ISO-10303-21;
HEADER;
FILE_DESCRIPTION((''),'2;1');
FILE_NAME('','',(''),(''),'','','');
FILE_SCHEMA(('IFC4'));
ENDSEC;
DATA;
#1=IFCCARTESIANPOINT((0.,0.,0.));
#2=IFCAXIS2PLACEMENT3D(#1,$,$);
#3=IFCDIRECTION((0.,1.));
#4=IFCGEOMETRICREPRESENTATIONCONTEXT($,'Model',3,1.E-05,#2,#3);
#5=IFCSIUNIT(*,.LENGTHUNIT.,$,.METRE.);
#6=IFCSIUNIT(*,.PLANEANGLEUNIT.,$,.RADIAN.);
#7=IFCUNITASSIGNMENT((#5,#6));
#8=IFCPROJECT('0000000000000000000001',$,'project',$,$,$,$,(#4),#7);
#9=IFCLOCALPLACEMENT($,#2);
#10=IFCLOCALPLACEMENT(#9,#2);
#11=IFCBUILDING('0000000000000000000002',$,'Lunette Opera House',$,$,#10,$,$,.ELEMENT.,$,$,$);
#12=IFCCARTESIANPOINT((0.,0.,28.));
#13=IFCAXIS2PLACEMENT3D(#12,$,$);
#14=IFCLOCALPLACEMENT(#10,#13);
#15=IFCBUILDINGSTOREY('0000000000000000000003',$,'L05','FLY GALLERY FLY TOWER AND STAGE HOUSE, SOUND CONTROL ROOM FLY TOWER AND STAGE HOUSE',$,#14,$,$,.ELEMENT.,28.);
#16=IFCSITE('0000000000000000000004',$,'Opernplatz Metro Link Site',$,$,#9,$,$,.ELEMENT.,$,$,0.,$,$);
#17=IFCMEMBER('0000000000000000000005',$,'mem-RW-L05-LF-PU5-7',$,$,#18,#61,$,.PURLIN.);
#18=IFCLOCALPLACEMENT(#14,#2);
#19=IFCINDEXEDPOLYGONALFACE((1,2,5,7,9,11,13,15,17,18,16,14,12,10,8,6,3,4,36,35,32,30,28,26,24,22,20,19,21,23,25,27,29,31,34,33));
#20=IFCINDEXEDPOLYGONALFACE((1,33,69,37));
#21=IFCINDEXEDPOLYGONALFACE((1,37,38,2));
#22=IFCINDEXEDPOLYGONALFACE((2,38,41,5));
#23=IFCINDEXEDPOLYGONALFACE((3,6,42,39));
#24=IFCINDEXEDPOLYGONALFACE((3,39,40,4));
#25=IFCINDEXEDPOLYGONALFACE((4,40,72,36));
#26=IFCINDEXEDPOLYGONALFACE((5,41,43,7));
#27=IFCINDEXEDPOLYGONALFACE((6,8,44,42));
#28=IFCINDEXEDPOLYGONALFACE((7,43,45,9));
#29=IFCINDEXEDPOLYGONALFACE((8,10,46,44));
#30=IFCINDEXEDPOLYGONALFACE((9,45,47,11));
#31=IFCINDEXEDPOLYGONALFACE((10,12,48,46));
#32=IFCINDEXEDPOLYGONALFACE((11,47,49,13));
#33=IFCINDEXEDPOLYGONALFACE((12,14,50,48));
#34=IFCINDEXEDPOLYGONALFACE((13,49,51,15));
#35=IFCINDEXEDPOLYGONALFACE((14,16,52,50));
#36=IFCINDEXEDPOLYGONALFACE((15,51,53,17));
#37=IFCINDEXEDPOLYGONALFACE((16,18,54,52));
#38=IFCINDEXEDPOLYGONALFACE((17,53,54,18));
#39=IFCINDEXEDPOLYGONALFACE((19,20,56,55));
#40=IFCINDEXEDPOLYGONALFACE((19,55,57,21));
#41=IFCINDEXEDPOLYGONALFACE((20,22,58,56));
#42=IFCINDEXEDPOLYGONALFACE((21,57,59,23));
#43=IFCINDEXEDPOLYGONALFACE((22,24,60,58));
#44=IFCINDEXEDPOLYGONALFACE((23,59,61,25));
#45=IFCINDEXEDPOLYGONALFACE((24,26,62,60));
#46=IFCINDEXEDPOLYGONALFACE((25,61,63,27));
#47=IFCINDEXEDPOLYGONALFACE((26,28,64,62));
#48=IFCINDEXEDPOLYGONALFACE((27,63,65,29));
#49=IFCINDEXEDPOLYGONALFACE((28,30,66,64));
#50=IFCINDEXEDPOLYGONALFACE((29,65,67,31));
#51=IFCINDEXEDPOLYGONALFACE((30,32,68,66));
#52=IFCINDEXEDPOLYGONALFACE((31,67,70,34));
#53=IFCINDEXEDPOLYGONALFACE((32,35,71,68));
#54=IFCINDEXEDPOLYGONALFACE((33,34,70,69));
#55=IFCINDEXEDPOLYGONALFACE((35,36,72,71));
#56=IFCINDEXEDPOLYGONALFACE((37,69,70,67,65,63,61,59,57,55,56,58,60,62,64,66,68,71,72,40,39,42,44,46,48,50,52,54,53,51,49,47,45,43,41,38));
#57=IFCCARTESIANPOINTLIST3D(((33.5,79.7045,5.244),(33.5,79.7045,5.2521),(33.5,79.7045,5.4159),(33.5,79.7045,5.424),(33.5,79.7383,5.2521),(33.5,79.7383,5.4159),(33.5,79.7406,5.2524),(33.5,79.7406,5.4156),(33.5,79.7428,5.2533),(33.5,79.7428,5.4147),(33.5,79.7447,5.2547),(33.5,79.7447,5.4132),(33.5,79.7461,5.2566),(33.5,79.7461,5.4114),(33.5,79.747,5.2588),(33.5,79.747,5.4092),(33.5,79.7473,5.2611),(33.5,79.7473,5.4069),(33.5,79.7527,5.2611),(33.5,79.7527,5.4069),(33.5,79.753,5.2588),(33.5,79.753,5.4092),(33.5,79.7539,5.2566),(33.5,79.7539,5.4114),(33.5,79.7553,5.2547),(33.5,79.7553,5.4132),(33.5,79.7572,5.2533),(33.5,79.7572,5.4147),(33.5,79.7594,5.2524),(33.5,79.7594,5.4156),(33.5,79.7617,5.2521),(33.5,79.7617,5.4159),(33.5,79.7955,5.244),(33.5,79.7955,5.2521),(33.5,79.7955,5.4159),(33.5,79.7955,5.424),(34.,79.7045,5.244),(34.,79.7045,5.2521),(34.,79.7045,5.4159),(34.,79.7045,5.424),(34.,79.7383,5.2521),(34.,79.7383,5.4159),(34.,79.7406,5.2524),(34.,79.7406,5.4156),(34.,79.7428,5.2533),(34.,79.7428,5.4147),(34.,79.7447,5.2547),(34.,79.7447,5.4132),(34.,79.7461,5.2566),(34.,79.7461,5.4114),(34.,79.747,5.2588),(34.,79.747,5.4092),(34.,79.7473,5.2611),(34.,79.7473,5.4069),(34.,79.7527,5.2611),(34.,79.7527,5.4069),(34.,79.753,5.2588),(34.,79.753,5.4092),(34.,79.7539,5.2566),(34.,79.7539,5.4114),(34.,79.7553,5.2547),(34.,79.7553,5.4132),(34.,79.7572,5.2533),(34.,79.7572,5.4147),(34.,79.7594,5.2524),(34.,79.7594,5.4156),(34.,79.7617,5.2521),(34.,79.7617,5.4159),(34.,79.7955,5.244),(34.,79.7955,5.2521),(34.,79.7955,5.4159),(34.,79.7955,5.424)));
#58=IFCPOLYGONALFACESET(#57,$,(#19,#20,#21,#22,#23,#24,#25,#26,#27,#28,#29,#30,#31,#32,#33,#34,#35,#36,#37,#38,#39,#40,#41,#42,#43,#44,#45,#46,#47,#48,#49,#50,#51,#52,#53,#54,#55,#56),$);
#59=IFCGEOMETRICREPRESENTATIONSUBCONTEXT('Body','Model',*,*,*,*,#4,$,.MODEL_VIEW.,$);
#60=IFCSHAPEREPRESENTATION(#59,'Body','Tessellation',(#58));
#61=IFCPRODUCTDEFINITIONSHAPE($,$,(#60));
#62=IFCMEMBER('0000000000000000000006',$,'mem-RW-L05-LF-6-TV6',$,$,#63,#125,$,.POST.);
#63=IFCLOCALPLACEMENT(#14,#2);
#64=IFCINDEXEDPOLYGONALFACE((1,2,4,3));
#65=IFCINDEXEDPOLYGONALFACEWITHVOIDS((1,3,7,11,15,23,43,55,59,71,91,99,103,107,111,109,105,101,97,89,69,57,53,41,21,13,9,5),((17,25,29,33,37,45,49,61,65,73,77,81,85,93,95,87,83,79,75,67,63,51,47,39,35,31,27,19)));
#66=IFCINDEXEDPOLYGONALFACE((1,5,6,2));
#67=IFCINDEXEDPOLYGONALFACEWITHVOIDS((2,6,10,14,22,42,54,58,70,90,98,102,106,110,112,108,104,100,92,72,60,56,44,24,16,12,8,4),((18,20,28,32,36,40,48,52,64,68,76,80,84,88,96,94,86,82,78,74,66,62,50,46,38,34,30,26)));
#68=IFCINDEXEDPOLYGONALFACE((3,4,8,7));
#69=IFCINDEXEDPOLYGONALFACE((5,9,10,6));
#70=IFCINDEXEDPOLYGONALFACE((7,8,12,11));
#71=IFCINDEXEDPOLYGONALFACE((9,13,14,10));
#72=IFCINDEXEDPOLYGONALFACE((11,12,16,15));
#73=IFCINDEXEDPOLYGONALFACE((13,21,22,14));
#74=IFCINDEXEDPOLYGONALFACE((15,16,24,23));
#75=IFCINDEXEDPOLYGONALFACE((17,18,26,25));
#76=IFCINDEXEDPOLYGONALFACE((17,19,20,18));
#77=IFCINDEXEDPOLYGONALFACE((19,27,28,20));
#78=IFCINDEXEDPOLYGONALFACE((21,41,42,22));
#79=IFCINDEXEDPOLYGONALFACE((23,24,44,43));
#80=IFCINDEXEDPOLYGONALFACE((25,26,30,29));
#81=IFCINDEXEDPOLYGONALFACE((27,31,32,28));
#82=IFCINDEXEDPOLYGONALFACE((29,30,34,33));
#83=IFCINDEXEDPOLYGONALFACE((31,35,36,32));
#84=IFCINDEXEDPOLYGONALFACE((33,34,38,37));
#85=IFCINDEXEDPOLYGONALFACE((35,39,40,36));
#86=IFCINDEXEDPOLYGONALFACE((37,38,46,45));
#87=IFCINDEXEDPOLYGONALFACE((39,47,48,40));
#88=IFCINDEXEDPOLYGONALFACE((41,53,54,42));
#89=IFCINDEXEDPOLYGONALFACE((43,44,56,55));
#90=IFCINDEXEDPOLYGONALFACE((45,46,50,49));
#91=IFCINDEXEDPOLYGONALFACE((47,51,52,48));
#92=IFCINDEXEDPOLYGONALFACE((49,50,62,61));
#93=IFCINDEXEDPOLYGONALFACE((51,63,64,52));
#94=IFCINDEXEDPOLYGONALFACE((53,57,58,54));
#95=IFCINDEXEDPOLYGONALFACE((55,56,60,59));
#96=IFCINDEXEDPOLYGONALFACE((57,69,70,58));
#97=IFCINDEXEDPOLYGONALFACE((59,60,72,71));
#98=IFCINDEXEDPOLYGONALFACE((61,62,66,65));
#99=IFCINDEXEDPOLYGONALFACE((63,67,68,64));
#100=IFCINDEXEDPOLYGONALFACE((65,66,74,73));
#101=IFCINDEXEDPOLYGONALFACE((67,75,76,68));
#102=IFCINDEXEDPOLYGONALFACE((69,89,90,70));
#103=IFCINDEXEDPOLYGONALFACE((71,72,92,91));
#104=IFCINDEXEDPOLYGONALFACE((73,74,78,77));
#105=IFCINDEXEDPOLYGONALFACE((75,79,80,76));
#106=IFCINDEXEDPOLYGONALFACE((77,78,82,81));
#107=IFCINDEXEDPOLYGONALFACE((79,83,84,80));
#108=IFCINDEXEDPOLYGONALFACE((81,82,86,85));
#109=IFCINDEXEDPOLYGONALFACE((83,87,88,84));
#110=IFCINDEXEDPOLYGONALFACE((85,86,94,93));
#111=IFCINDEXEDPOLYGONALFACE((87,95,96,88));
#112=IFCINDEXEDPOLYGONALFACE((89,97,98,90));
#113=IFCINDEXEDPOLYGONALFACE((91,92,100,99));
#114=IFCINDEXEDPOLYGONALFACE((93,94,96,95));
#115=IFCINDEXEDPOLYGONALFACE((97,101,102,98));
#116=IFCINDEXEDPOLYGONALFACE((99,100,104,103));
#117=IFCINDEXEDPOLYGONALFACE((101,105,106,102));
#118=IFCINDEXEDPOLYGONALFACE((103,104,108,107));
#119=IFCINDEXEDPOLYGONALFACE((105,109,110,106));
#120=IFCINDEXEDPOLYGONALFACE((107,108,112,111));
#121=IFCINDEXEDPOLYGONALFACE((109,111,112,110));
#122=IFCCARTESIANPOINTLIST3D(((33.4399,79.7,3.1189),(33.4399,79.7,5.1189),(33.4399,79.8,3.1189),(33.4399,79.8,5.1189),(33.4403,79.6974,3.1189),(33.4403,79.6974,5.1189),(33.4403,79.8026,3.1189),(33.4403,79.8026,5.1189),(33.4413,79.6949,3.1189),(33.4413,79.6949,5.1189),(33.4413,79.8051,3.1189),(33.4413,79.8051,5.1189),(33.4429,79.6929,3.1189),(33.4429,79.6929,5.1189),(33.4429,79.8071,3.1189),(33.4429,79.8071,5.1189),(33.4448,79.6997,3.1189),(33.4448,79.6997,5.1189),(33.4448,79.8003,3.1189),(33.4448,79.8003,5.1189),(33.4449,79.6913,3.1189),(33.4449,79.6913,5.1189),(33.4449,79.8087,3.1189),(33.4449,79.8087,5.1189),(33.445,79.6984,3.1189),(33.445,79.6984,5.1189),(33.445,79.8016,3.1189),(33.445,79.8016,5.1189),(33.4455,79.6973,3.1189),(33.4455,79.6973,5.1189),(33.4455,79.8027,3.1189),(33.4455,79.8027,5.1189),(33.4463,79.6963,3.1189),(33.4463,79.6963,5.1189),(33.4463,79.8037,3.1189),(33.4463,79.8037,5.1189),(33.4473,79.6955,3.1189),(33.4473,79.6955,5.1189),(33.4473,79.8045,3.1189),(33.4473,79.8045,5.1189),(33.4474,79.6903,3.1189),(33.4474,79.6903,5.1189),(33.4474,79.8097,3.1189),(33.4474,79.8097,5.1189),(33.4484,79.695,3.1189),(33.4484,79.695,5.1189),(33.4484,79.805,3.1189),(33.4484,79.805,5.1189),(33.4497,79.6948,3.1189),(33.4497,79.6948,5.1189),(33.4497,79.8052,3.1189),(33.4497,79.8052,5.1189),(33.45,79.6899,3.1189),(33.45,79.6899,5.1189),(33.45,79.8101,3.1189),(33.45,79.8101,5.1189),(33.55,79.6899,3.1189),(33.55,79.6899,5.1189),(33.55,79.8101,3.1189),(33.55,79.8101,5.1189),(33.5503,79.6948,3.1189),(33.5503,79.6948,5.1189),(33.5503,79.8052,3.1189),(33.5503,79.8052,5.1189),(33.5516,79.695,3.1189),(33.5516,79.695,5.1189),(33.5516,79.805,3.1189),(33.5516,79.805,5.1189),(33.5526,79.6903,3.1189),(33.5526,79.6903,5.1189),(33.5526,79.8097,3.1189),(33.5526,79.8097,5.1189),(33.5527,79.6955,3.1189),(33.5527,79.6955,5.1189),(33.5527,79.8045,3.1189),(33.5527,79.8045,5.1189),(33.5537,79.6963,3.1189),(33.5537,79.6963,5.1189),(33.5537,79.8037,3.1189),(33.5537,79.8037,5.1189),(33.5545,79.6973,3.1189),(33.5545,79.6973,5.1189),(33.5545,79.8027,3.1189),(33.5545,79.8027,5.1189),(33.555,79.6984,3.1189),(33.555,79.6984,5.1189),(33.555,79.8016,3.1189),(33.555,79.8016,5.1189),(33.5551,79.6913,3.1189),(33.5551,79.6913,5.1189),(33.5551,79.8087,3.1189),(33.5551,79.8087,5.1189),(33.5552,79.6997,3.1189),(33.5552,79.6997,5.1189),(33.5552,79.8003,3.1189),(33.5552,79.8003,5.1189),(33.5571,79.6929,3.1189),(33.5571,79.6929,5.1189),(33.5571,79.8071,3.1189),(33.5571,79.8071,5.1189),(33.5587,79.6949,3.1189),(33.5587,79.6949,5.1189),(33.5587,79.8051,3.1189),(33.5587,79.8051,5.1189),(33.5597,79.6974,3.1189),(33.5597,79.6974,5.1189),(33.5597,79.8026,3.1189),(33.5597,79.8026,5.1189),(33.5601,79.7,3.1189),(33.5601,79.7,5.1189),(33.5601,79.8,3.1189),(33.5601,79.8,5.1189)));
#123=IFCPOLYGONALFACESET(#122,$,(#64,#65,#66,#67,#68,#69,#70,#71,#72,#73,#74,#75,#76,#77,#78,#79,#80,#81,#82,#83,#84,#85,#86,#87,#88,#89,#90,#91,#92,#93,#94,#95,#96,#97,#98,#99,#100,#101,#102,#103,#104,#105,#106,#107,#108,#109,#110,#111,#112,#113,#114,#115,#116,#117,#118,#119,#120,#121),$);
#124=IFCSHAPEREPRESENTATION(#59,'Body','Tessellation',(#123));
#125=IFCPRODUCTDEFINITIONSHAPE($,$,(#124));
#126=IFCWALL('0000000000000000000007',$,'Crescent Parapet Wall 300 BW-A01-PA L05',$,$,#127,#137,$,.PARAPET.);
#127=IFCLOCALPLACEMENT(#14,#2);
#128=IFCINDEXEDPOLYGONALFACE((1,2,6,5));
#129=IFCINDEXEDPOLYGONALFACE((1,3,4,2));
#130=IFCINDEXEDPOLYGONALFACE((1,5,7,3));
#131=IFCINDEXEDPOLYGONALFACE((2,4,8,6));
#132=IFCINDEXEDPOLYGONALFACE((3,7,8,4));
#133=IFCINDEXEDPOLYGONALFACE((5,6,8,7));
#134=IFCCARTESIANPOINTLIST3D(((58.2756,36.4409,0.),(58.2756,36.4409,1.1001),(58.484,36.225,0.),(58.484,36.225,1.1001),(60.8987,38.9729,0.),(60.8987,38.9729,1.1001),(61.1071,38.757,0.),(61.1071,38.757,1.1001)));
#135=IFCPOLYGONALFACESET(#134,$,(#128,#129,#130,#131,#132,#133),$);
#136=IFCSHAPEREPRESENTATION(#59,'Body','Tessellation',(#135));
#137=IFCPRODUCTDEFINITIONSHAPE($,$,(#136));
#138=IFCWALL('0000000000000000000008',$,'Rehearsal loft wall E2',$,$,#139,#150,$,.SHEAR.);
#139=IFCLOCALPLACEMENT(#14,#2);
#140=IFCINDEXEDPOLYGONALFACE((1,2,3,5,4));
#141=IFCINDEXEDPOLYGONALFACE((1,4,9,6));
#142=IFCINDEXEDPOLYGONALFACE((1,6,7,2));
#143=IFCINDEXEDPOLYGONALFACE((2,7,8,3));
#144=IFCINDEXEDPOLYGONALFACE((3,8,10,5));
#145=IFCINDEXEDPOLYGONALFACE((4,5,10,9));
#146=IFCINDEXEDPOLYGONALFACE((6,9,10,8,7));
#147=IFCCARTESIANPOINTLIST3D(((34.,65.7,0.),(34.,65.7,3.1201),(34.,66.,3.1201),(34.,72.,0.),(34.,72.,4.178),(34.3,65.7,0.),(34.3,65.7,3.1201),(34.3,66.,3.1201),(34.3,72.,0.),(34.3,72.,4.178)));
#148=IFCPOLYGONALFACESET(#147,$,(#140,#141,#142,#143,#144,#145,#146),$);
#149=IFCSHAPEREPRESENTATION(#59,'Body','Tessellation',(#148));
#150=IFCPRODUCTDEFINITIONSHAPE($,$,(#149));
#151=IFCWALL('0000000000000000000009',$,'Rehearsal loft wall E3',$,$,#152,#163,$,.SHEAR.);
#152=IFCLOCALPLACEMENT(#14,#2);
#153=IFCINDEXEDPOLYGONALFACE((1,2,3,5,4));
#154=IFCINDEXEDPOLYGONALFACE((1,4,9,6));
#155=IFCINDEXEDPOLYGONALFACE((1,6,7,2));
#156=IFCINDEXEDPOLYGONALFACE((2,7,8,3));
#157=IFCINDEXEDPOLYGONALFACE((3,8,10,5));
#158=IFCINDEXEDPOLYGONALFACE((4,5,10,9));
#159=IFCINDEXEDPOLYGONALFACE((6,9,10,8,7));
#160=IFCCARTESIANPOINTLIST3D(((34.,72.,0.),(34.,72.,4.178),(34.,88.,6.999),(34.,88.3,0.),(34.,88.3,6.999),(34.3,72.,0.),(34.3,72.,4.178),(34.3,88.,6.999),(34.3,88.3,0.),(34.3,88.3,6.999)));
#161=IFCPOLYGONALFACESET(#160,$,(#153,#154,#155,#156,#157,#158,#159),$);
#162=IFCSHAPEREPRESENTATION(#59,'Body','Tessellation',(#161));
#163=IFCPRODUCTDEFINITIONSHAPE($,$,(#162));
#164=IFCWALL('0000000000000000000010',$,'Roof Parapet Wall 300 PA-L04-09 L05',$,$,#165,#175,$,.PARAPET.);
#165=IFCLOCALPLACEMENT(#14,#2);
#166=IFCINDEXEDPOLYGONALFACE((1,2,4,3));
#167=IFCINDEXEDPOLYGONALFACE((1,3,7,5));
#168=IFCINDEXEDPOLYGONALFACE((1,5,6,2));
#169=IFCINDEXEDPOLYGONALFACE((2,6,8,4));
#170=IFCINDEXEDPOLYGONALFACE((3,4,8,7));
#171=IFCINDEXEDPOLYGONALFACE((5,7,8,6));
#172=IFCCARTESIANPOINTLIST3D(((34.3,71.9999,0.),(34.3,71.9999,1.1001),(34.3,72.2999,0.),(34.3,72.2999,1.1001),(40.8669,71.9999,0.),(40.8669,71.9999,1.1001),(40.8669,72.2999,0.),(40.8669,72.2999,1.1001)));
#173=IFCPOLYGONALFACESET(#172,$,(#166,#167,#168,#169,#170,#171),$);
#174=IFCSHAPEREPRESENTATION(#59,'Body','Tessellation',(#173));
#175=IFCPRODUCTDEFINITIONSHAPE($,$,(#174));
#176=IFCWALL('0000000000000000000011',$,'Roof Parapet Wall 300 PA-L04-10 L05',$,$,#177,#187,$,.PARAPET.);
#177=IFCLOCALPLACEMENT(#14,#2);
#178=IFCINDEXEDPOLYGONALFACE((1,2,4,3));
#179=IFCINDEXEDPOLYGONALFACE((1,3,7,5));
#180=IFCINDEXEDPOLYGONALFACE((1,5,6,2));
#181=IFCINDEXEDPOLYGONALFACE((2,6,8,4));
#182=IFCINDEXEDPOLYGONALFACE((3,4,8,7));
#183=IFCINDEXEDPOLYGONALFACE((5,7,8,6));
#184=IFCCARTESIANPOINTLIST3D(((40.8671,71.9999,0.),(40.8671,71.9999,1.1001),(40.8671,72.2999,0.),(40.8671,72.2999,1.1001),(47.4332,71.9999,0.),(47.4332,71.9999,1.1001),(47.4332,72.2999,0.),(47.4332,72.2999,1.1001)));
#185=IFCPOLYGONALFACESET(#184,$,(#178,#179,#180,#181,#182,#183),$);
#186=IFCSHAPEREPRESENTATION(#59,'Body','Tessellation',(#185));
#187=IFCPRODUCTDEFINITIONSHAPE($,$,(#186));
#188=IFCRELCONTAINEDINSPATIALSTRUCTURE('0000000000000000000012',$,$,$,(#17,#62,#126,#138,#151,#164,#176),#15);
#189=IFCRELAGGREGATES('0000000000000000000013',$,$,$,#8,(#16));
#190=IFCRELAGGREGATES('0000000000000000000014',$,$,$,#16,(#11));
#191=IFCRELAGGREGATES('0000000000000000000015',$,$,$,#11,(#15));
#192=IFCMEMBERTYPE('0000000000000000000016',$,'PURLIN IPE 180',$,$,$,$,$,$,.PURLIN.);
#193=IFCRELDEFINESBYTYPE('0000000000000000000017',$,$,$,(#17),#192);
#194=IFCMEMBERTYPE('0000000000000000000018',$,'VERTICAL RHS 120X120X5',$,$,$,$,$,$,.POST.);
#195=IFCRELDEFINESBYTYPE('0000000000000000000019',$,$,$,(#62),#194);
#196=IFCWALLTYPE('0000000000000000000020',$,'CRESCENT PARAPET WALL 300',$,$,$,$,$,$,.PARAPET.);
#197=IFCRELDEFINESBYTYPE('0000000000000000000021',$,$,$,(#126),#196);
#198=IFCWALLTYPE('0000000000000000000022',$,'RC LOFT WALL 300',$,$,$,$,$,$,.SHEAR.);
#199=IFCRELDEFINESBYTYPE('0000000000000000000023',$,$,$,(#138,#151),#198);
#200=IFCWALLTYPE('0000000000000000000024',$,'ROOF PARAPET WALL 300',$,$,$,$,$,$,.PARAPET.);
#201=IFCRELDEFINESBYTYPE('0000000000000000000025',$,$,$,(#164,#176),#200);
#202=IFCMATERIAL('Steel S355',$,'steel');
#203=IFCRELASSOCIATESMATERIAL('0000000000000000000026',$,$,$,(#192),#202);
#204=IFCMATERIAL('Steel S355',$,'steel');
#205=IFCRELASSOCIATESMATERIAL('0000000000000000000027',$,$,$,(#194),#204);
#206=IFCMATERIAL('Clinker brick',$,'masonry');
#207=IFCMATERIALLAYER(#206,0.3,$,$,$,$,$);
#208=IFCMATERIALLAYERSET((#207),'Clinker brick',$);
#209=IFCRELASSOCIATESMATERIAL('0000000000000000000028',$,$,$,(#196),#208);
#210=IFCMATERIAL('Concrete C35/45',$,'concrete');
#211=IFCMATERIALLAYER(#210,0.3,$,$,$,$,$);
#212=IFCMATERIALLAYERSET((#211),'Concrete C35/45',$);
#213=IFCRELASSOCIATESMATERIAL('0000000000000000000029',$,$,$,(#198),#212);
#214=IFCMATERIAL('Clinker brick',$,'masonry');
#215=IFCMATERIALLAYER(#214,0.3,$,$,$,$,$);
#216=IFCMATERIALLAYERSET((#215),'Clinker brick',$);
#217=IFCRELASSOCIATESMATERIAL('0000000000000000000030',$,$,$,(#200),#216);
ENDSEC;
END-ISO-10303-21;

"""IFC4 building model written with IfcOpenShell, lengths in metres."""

from ifc_helpers import new_model, si_unit, direction, frame, frame_2d, origin, origin_2d, place, context, subcontext, project, spatial, polyline, rectangle, hollow_rectangle, i_section, outline, extrude, material, layer, layer_set, material_profile, profile_set, type_object, element, save


model = new_model("IFC4")

# Units and contexts
model_context = context("Model", 3, precision=1e-05, world=origin(), true_north=direction((0.0, 1.0)))
body_context = subcontext(model_context, "Body", "Model", "MODEL_VIEW")
ifc_project = project(units=[si_unit("LENGTHUNIT", "METRE"), si_unit("PLANEANGLEUNIT", "RADIAN")], contexts=[model_context])

# Site, building, storey
site_placement = place(None, origin())
site = spatial("IfcSite", under=ifc_project, at=site_placement, Name="Opernplatz Metro Link Site", CompositionType="ELEMENT", RefElevation=0.0)
building_placement = place(site_placement, origin())
building = spatial("IfcBuilding", under=site, at=building_placement, Name="Lunette Opera House", CompositionType="ELEMENT")
storey_placement = place(building_placement, frame((0.0, 0.0, 28.0)))
storey = spatial("IfcBuildingStorey", under=building, at=storey_placement, Name="L05", Description="FLY GALLERY FLY TOWER AND STAGE HOUSE, SOUND CONTROL ROOM FLY TOWER AND STAGE HOUSE", CompositionType="ELEMENT", Elevation=28.0)

# Members
ifc_material_1 = material(Name="Steel S355", Category="steel")
ifc_material_profile_1 = material_profile(ifc_material_1, i_section(OverallWidth=0.0911, OverallDepth=0.1799, WebThickness=0.0054, FlangeThickness=0.0081, FilletRadius=0.009, at=origin_2d()), Name="IPE 180")
ifc_profile_set_1 = profile_set([ifc_material_profile_1], Name="Steel S355")
member_type_1 = type_object("IfcMemberType", Name="PURLIN IPE 180", PredefinedType="PURLIN", material=ifc_profile_set_1)
member_1_placement = place(storey_placement, frame((33.5, 79.75, 5.334), z_axis=(1.0, 0.0, 0.0), x_axis=(0.0, 1.0, 0.0)))
element("IfcMember", 1, at=member_1_placement, inside=storey, type_object=member_type_1, Name="mem-RW-L05-LF-PU5-7", PredefinedType="PURLIN", context=body_context, shape_type="SweptSolid", body=[
    extrude(i_section(OverallWidth=0.0911, OverallDepth=0.1799, WebThickness=0.0054, FlangeThickness=0.0081, FilletRadius=0.009, at=origin_2d()), origin(), (0.0, 0.0, 1.0), 0.5),
])
ifc_material_2 = material(Name="Steel S355", Category="steel")
ifc_material_profile_2 = material_profile(ifc_material_2, hollow_rectangle(XDim=0.1201, YDim=0.1201, WallThickness=0.0049, InnerFilletRadius=0.0049, OuterFilletRadius=0.01, at=origin_2d()), Name="RHS 120X120X5")
ifc_profile_set_2 = profile_set([ifc_material_profile_2], Name="Steel S355")
member_type_2 = type_object("IfcMemberType", Name="VERTICAL RHS 120X120X5", PredefinedType="POST", material=ifc_profile_set_2)
member_2_placement = place(storey_placement, frame((33.5, 79.75, 3.1189), z_axis=(0.0, 0.0, 1.0), x_axis=(1.0, 0.0, 0.0)))
element("IfcMember", 2, at=member_2_placement, inside=storey, type_object=member_type_2, Name="mem-RW-L05-LF-6-TV6", PredefinedType="POST", context=body_context, shape_type="SweptSolid", body=[
    extrude(hollow_rectangle(XDim=0.1201, YDim=0.1201, WallThickness=0.0049, InnerFilletRadius=0.0049, OuterFilletRadius=0.01, at=origin_2d()), origin(), (0.0, 0.0, 1.0), 2.0),
])

# Walls
ifc_material_3 = material(Name="Clinker brick", Category="masonry")
ifc_layer_1 = layer(ifc_material_3, 0.3)
ifc_layer_set_1 = layer_set([ifc_layer_1], Name="Clinker brick")
wall_type_1 = type_object("IfcWallType", Name="CRESCENT PARAPET WALL 300", PredefinedType="PARAPET", material=ifc_layer_set_1)
wall_1_placement = place(storey_placement, frame((58.3799, 36.333, 0.0), z_axis=(0.0, 0.0, 1.0), x_axis=(0.719486, 0.694507, 0.0)))
element("IfcWall", 3, at=wall_1_placement, inside=storey, type_object=wall_type_1, Name="Crescent Parapet Wall 300 BW-A01-PA L05", PredefinedType="PARAPET", context=body_context, shape_type="SweptSolid", body=[
    extrude(rectangle(XDim=3.6458, YDim=0.3, at=frame_2d((1.8228, 0.0))), origin(), (0.0, 0.0, 1.0), 1.1001),
])
ifc_material_4 = material(Name="Concrete C35/45", Category="concrete")
ifc_layer_2 = layer(ifc_material_4, 0.3)
ifc_layer_set_2 = layer_set([ifc_layer_2], Name="Concrete C35/45")
wall_type_2 = type_object("IfcWallType", Name="RC LOFT WALL 300", PredefinedType="SHEAR", material=ifc_layer_set_2)
wall_2_placement = place(storey_placement, frame((34.1499, 65.7, 0.0), z_axis=(0.0, 0.0, 1.0), x_axis=(0.0, 1.0, 0.0)))
element("IfcWall", 4, at=wall_2_placement, inside=storey, type_object=wall_type_2, Name="Rehearsal loft wall E2", PredefinedType="SHEAR", context=body_context, shape_type="SweptSolid", body=[
    extrude(outline(polyline([(0.0, 0.0), (6.3, 0.0), (6.3, 4.178), (0.3, 3.1201), (0.0, 3.1201), (0.0, 0.0)])), frame((0.0, 0.1499, 0.0), z_axis=(0.0, -1.0, 0.0), x_axis=(1.0, 0.0, 0.0)), (0.0, 0.0, 1.0), 0.3),
])
wall_3_placement = place(storey_placement, frame((34.1499, 72.0, 0.0), z_axis=(0.0, 0.0, 1.0), x_axis=(0.0, 1.0, 0.0)))
element("IfcWall", 5, at=wall_3_placement, inside=storey, type_object=wall_type_2, Name="Rehearsal loft wall E3", PredefinedType="SHEAR", context=body_context, shape_type="SweptSolid", body=[
    extrude(outline(polyline([(0.0, 0.0), (16.3, 0.0), (16.3, 6.999), (16.0, 6.999), (0.0, 4.178), (0.0, 0.0)])), frame((0.0, 0.1499, 0.0), z_axis=(0.0, -1.0, 0.0), x_axis=(1.0, 0.0, 0.0)), (0.0, 0.0, 1.0), 0.3),
])
ifc_material_5 = material(Name="Clinker brick", Category="masonry")
ifc_layer_3 = layer(ifc_material_5, 0.3)
ifc_layer_set_3 = layer_set([ifc_layer_3], Name="Clinker brick")
wall_type_3 = type_object("IfcWallType", Name="ROOF PARAPET WALL 300", PredefinedType="PARAPET", material=ifc_layer_set_3)
wall_4_placement = place(storey_placement, frame((34.3, 72.1499, 0.0), z_axis=(0.0, 0.0, 1.0), x_axis=(1.0, 0.0, 0.0)))
element("IfcWall", 6, at=wall_4_placement, inside=storey, type_object=wall_type_3, Name="Roof Parapet Wall 300 PA-L04-09 L05", PredefinedType="PARAPET", context=body_context, shape_type="SweptSolid", body=[
    extrude(rectangle(XDim=6.5669, YDim=0.3, at=frame_2d((3.2834, 0.0))), origin(), (0.0, 0.0, 1.0), 1.1001),
])
wall_5_placement = place(storey_placement, frame((40.8669, 72.1499, 0.0), z_axis=(0.0, 0.0, 1.0), x_axis=(1.0, 0.0, 0.0)))
element("IfcWall", 7, at=wall_5_placement, inside=storey, type_object=wall_type_3, Name="Roof Parapet Wall 300 PA-L04-10 L05", PredefinedType="PARAPET", context=body_context, shape_type="SweptSolid", body=[
    extrude(rectangle(XDim=6.5662, YDim=0.3, at=frame_2d((3.2832, 0.0))), origin(), (0.0, 0.0, 1.0), 1.1001),
])

save(model, "model.ifc")
